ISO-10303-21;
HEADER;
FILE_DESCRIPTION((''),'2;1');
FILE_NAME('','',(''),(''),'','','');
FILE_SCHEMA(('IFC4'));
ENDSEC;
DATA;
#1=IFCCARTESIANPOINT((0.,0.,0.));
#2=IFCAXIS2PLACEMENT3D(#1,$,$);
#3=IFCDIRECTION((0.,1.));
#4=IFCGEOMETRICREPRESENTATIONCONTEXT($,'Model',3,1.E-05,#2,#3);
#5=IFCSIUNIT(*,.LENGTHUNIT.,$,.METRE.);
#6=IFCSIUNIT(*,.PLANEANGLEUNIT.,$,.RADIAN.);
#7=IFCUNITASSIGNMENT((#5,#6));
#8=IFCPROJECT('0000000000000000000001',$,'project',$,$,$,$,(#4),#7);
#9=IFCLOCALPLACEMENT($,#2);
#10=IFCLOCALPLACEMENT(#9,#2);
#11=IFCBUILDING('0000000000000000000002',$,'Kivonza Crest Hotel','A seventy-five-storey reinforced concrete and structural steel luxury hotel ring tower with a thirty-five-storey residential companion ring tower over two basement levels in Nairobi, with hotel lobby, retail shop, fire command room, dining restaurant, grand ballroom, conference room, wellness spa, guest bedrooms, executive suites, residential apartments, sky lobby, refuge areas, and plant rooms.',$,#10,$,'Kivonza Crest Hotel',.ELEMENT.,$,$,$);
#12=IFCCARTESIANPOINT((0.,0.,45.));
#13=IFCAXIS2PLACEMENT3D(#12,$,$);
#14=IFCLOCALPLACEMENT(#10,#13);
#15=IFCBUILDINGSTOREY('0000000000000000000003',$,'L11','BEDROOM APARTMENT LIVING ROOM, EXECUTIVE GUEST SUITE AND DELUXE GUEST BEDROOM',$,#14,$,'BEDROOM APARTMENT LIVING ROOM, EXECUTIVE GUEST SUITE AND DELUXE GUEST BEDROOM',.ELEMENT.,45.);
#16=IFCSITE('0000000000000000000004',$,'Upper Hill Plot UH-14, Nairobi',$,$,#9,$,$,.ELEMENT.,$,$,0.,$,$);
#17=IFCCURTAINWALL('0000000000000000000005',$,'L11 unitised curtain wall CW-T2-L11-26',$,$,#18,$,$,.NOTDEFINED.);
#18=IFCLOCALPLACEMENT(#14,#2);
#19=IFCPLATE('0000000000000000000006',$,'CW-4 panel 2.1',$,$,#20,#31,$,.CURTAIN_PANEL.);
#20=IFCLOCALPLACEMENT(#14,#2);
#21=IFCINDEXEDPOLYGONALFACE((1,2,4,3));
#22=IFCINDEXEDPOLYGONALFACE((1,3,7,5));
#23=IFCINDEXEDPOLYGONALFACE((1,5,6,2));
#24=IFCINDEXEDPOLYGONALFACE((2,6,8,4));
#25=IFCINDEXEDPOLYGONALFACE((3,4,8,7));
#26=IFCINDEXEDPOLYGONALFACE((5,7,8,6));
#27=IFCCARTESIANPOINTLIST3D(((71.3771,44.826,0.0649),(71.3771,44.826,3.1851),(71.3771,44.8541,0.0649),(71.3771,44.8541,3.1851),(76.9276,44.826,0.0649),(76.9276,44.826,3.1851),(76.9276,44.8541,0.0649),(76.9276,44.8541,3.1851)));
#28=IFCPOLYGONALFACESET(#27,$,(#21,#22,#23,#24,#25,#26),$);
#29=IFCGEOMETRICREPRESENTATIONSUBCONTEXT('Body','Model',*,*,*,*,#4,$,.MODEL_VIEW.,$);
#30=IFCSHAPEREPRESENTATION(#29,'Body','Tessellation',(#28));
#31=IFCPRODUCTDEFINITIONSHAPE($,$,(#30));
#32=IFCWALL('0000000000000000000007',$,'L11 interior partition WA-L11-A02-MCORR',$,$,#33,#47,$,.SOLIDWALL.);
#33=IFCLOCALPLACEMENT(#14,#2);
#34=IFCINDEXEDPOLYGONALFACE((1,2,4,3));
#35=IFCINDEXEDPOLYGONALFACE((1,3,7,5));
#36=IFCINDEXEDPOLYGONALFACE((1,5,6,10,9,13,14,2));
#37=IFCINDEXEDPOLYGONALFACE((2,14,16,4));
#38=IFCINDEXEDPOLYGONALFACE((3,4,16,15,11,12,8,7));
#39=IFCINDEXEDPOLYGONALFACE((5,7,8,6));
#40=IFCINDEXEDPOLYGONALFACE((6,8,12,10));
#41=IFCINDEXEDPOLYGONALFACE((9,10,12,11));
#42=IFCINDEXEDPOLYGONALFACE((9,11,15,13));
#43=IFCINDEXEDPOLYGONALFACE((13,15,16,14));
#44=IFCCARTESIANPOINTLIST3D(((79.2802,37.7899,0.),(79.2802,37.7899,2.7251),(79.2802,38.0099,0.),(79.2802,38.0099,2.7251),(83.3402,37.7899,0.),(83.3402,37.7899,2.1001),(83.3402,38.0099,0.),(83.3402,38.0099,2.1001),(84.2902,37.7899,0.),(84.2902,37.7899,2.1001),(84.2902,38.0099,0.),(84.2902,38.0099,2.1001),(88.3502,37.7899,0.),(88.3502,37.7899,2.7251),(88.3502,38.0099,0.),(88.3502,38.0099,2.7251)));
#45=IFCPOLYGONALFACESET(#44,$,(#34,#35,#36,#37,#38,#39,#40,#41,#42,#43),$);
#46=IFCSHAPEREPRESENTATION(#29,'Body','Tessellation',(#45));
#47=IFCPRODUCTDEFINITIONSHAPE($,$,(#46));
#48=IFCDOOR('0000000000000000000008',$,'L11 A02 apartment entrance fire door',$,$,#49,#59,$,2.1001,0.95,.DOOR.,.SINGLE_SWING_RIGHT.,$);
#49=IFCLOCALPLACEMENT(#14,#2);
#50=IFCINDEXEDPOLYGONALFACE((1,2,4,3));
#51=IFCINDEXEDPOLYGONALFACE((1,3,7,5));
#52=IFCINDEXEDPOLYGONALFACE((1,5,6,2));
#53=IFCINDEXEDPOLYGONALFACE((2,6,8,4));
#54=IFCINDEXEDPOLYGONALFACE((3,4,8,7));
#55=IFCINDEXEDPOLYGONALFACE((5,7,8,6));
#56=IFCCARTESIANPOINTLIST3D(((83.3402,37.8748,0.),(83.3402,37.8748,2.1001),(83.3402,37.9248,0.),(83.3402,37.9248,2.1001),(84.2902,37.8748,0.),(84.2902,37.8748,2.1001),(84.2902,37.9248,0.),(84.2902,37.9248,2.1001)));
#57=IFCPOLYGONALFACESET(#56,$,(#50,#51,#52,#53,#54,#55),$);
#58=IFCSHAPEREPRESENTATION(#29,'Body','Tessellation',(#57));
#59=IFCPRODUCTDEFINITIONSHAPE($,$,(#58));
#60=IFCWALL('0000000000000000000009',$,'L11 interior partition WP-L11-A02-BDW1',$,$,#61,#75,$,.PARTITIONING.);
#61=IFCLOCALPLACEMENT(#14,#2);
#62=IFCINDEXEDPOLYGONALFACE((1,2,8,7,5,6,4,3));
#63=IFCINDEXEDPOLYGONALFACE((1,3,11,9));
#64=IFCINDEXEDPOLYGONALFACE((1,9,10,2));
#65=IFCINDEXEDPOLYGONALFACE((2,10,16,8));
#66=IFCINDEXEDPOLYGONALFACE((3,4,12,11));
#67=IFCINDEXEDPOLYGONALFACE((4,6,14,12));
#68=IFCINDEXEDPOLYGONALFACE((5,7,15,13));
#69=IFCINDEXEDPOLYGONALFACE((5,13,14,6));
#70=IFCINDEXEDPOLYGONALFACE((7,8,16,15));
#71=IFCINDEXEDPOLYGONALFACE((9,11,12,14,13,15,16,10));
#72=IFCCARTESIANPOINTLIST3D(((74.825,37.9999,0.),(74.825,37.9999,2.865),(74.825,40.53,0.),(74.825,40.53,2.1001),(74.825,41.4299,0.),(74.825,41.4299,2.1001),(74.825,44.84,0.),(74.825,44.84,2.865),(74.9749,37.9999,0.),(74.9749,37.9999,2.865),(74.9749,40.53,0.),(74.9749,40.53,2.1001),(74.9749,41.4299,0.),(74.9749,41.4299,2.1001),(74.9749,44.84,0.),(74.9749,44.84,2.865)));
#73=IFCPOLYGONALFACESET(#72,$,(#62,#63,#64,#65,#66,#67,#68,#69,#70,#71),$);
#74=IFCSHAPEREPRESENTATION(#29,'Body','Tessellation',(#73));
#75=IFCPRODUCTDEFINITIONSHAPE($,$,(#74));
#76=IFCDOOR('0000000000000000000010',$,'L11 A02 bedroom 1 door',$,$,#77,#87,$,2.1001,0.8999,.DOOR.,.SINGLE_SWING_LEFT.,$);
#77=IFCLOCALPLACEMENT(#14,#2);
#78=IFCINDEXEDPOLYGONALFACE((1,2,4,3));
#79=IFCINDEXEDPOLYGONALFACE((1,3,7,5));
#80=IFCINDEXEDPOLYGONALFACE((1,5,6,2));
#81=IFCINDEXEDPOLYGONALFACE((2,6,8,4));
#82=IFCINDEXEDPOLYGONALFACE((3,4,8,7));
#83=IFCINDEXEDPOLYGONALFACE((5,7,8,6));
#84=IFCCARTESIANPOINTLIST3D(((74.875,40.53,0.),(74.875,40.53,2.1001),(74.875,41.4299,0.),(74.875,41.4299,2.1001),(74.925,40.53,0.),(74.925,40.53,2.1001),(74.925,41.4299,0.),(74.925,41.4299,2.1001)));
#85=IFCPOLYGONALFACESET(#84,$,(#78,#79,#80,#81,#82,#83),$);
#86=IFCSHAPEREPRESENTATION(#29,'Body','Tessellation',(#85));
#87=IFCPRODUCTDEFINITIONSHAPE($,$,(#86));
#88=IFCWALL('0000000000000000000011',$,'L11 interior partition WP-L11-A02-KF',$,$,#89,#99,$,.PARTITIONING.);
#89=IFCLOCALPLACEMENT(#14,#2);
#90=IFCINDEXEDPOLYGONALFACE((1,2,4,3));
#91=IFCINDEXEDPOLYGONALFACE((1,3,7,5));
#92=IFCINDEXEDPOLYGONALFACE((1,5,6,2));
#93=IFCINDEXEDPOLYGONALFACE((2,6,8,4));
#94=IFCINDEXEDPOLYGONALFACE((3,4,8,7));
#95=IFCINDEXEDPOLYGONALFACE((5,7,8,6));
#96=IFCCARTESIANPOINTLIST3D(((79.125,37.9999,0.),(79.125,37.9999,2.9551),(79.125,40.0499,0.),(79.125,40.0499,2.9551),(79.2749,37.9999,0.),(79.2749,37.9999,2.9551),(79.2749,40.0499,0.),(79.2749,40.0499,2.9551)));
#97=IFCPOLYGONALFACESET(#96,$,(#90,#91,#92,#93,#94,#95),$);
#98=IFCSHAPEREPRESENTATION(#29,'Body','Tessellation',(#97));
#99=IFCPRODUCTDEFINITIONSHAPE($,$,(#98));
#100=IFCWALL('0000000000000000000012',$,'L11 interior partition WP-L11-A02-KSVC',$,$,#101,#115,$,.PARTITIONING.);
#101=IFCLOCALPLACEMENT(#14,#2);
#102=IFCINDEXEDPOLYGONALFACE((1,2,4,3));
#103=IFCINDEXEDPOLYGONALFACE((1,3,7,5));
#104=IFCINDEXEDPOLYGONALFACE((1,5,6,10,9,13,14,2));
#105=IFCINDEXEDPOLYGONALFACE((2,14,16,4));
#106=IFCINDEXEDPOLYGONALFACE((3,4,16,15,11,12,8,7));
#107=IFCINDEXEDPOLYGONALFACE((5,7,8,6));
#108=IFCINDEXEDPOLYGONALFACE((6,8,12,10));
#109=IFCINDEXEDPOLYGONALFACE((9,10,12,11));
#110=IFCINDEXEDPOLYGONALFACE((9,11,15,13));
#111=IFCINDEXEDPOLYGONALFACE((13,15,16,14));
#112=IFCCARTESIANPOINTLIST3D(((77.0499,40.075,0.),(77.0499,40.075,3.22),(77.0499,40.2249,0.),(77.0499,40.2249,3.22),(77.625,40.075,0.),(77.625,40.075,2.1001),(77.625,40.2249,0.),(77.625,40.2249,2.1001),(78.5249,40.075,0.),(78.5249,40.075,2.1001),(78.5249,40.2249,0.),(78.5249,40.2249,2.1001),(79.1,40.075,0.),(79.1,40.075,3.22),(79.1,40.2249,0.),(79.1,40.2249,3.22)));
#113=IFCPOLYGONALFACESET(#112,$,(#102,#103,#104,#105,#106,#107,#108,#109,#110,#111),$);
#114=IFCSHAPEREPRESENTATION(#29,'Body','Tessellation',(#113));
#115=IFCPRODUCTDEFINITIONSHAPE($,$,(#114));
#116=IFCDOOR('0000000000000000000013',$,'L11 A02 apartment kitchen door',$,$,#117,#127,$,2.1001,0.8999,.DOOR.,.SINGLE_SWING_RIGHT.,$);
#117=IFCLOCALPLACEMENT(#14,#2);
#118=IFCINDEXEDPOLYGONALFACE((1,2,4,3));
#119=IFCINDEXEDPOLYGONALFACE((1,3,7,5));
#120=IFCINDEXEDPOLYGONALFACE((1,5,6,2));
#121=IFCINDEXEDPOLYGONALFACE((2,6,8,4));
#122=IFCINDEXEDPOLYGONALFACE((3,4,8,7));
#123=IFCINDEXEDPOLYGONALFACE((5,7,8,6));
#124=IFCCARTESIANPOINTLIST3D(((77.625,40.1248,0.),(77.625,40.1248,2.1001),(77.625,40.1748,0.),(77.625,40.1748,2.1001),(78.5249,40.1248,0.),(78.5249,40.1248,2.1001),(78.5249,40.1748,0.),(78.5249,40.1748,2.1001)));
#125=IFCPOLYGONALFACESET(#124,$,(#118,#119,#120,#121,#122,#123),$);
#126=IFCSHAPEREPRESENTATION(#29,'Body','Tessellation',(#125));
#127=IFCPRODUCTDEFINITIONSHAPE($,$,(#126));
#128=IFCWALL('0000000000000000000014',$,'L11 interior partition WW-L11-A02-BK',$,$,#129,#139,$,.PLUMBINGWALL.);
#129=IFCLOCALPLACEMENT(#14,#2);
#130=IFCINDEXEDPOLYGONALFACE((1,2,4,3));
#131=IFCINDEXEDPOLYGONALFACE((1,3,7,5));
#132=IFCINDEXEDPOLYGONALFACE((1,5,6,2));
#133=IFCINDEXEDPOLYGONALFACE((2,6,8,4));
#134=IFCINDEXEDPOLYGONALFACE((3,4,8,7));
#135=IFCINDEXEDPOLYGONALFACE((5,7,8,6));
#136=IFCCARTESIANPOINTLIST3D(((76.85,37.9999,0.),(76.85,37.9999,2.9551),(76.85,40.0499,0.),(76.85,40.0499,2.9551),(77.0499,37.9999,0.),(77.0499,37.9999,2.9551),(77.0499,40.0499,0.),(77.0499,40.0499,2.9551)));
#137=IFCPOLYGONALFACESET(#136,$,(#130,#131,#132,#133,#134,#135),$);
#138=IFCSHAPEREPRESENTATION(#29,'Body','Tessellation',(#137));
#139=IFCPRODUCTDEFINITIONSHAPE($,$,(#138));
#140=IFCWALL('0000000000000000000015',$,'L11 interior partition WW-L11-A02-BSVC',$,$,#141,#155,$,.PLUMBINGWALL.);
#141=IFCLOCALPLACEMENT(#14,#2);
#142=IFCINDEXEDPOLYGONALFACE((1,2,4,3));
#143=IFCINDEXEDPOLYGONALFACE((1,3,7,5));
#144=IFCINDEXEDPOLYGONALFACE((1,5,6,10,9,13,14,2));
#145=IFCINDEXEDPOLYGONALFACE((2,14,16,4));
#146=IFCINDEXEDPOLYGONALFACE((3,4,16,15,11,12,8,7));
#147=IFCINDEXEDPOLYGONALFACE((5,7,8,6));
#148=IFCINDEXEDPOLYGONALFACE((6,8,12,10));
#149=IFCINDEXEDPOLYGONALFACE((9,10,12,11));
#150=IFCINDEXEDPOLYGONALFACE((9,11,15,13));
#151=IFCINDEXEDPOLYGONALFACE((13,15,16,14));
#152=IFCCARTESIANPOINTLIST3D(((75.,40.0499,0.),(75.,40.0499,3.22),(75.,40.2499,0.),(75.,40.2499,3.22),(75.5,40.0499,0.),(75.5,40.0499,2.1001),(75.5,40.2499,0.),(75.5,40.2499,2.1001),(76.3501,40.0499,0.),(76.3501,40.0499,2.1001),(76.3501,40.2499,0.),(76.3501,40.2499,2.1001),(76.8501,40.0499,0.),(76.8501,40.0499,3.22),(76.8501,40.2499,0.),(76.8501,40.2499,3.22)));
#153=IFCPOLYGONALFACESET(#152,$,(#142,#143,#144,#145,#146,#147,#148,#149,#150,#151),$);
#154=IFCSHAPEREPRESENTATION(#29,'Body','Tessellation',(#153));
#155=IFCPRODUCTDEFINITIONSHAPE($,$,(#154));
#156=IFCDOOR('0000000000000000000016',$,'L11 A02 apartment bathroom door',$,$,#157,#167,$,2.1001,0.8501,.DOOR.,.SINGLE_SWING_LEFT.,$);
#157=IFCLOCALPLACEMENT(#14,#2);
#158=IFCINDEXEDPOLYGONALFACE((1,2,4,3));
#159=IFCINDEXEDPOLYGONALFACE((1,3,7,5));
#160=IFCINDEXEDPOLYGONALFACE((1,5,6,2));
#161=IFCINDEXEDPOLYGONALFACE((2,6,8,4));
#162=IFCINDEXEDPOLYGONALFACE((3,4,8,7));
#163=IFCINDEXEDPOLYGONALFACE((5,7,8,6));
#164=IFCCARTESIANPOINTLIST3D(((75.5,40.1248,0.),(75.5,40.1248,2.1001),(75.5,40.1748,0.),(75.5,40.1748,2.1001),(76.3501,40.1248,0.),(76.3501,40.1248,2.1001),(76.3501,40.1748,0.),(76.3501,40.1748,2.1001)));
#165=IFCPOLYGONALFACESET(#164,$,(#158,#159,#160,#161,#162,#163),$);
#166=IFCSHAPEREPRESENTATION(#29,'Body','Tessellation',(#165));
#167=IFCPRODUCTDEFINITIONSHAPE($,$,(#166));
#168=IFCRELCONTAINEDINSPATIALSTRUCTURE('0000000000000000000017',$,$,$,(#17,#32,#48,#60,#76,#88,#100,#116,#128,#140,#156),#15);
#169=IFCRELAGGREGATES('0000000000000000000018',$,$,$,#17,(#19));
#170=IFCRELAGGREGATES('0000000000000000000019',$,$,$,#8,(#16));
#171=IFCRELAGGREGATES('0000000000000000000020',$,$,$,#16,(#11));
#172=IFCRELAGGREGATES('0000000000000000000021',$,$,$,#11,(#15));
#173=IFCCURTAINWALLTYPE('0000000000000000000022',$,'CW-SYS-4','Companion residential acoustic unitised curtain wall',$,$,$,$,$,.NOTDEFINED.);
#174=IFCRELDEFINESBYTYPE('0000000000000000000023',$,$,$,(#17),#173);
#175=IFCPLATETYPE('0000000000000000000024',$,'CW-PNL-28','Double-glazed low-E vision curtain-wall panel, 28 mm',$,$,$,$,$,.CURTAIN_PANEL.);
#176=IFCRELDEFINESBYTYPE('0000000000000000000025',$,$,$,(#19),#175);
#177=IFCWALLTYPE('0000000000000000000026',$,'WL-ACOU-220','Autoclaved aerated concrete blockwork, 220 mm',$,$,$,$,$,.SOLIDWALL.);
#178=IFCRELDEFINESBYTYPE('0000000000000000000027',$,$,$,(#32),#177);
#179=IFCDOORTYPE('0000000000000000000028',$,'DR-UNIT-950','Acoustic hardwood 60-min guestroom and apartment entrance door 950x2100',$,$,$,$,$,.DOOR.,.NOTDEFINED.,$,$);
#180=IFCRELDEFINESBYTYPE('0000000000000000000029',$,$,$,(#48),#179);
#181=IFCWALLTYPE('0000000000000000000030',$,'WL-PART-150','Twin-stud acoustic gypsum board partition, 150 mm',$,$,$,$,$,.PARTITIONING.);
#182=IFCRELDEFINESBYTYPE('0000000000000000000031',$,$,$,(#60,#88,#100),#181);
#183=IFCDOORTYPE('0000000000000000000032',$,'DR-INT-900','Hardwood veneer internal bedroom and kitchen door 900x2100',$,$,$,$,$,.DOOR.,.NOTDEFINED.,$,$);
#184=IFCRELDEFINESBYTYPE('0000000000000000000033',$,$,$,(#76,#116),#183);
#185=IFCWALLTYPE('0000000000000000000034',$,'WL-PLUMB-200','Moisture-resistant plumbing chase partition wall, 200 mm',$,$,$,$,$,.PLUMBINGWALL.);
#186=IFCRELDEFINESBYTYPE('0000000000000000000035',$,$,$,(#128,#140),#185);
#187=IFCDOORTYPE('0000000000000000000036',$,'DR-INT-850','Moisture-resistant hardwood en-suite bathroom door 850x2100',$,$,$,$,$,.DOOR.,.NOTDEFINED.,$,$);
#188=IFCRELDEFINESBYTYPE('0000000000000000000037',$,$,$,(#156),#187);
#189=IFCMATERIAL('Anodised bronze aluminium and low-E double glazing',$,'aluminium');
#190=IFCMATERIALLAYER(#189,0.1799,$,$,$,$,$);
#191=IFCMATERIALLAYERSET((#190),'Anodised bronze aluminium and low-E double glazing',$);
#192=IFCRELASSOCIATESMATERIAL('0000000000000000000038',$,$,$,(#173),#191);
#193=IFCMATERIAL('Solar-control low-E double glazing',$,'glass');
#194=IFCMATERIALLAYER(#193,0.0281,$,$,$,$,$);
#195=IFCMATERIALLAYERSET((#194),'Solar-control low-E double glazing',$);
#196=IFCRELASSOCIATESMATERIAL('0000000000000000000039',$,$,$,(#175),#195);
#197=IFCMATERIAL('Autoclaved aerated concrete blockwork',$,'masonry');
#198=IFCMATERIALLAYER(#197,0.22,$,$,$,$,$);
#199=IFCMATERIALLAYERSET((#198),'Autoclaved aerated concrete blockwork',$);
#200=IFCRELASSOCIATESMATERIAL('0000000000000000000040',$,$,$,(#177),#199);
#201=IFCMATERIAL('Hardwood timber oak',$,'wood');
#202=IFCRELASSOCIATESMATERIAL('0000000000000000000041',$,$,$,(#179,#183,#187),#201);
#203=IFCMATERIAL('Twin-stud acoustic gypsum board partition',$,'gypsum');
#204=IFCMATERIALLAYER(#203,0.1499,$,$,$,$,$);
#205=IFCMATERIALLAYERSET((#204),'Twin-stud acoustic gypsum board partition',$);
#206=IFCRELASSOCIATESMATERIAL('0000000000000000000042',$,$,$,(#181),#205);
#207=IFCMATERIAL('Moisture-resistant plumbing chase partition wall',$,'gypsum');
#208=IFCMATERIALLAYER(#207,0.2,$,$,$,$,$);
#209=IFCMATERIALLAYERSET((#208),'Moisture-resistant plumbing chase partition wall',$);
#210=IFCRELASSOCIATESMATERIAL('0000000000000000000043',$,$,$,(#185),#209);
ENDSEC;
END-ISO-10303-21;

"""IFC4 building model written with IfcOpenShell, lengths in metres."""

from ifc_helpers import new_model, si_unit, direction, frame, frame_2d, origin, origin_2d, place, context, subcontext, project, spatial, rectangle, extrude, material, layer, layer_set, type_object, element, fill, aggregate, save


model = new_model("IFC4")

# Units and contexts
model_context = context("Model", 3, precision=1e-05, world=origin(), true_north=direction((0.0, 1.0)))
body_context = subcontext(model_context, "Body", "Model", "MODEL_VIEW")
ifc_project = project(units=[si_unit("LENGTHUNIT", "METRE"), si_unit("PLANEANGLEUNIT", "RADIAN")], contexts=[model_context])

# Site, building, storey
site_placement = place(None, origin())
site = spatial("IfcSite", under=ifc_project, at=site_placement, Name="Upper Hill Plot UH-14, Nairobi", CompositionType="ELEMENT", RefElevation=0.0)
building_placement = place(site_placement, origin())
building = spatial("IfcBuilding", under=site, at=building_placement, Name="Kivonza Crest Hotel", Description="A seventy-five-storey reinforced concrete and structural steel luxury hotel ring tower with a thirty-five-storey residential companion ring tower over two basement levels in Nairobi, with hotel lobby, retail shop, fire command room, dining restaurant, grand ballroom, conference room, wellness spa, guest bedrooms, executive suites, residential apartments, sky lobby, refuge areas, and plant rooms.", LongName="Kivonza Crest Hotel", CompositionType="ELEMENT")
storey_placement = place(building_placement, frame((0.0, 0.0, 45.0)))
storey = spatial("IfcBuildingStorey", under=building, at=storey_placement, Name="L11", Description="BEDROOM APARTMENT LIVING ROOM, EXECUTIVE GUEST SUITE AND DELUXE GUEST BEDROOM", LongName="BEDROOM APARTMENT LIVING ROOM, EXECUTIVE GUEST SUITE AND DELUXE GUEST BEDROOM", CompositionType="ELEMENT", Elevation=45.0)

# Curtain wall, plate
ifc_material_1 = material(Name="Anodised bronze aluminium and low-E double glazing", Category="aluminium")
ifc_layer_1 = layer(ifc_material_1, 0.1799)
ifc_layer_set_1 = layer_set([ifc_layer_1], Name="Anodised bronze aluminium and low-E double glazing")
curtain_wall_type = type_object("IfcCurtainWallType", Name="CW-SYS-4", Description="Companion residential acoustic unitised curtain wall", PredefinedType="NOTDEFINED", material=ifc_layer_set_1)
curtain_wall_placement = place(storey_placement, origin())
curtain_wall = element("IfcCurtainWall", 1, at=curtain_wall_placement, inside=storey, type_object=curtain_wall_type, Name="L11 unitised curtain wall CW-T2-L11-26", PredefinedType="NOTDEFINED")
ifc_material_2 = material(Name="Solar-control low-E double glazing", Category="glass")
ifc_layer_2 = layer(ifc_material_2, 0.0281)
ifc_layer_set_2 = layer_set([ifc_layer_2], Name="Solar-control low-E double glazing")
plate_type = type_object("IfcPlateType", Name="CW-PNL-28", Description="Double-glazed low-E vision curtain-wall panel, 28 mm", PredefinedType="CURTAIN_PANEL", material=ifc_layer_set_2)
plate_1_placement = place(storey_placement, frame((74.1523, 44.8401, 0.0649), z_axis=(0.0, 0.0, 1.0), x_axis=(-1.0, 0.0, 0.0)))
plate_1 = element("IfcPlate", 2, at=plate_1_placement, type_object=plate_type, Name="CW-4 panel 2.1", PredefinedType="CURTAIN_PANEL", context=body_context, shape_type="SweptSolid", body=[
    extrude(rectangle(XDim=5.5505, YDim=0.0281, at=origin_2d()), origin(), (0.0, 0.0, 1.0), 3.1201),
])
aggregate(curtain_wall, [plate_1])

# Walls, openings, doors
ifc_material_3 = material(Name="Autoclaved aerated concrete blockwork", Category="masonry")
ifc_layer_3 = layer(ifc_material_3, 0.22)
ifc_layer_set_3 = layer_set([ifc_layer_3], Name="Autoclaved aerated concrete blockwork")
wall_type_1 = type_object("IfcWallType", Name="WL-ACOU-220", Description="Autoclaved aerated concrete blockwork, 220 mm", PredefinedType="SOLIDWALL", material=ifc_layer_set_3)
wall_1_placement = place(storey_placement, frame((79.28, 37.8999, 0.0), z_axis=(0.0, 0.0, 1.0), x_axis=(1.0, 0.0, 0.0)))
wall_1 = element("IfcWall", 3, at=wall_1_placement, inside=storey, type_object=wall_type_1, Name="L11 interior partition WA-L11-A02-MCORR", PredefinedType="SOLIDWALL", context=body_context, shape_type="SweptSolid", body=[
    extrude(rectangle(XDim=9.0701, YDim=0.22, at=frame_2d((4.5352, 0.0))), origin(), (0.0, 0.0, 1.0), 2.7251),
])
opening_1_placement = place(wall_1_placement, frame((4.0601, 0.0, 0.0)))
opening_1 = element("IfcOpeningElement", 4, at=opening_1_placement, cuts=wall_1, PredefinedType="OPENING", context=body_context, shape_type="SweptSolid", body=[
    extrude(rectangle(XDim=0.95, YDim=2.1001, at=frame_2d((0.4751, 1.05))), frame((0.0, 0.1201, 0.0), z_axis=(0.0, -1.0, 0.0), x_axis=(1.0, 0.0, 0.0)), (0.0, 0.0, 1.0), 0.24),
])
ifc_material_4 = material(Name="Hardwood timber oak", Category="wood")
door_type_1 = type_object("IfcDoorType", Name="DR-UNIT-950", Description="Acoustic hardwood 60-min guestroom and apartment entrance door 950x2100", OperationType="NOTDEFINED", PredefinedType="DOOR", material=ifc_material_4)
door_1_placement = place(opening_1_placement, origin())
door_1 = element("IfcDoor", 5, at=door_1_placement, inside=storey, type_object=door_type_1, Name="L11 A02 apartment entrance fire door", OperationType="SINGLE_SWING_RIGHT", OverallHeight=2.1001, OverallWidth=0.95, PredefinedType="DOOR", context=body_context, shape_type="SweptSolid", body=[
    extrude(rectangle(XDim=0.95, YDim=2.1001, at=frame_2d((0.4751, 1.05))), frame((0.0, 0.0249, 0.0), z_axis=(0.0, -1.0, 0.0), x_axis=(1.0, 0.0, 0.0)), (0.0, 0.0, 1.0), 0.05),
])
fill(opening_1, door_1)
ifc_material_5 = material(Name="Twin-stud acoustic gypsum board partition", Category="gypsum")
ifc_layer_4 = layer(ifc_material_5, 0.1499)
ifc_layer_set_4 = layer_set([ifc_layer_4], Name="Twin-stud acoustic gypsum board partition")
wall_type_2 = type_object("IfcWallType", Name="WL-PART-150", Description="Twin-stud acoustic gypsum board partition, 150 mm", PredefinedType="PARTITIONING", material=ifc_layer_set_4)
wall_2_placement = place(storey_placement, frame((74.8999, 38.0, 0.0), z_axis=(0.0, 0.0, 1.0), x_axis=(0.0, 1.0, 0.0)))
wall_2 = element("IfcWall", 6, at=wall_2_placement, inside=storey, type_object=wall_type_2, Name="L11 interior partition WP-L11-A02-BDW1", PredefinedType="PARTITIONING", context=body_context, shape_type="SweptSolid", body=[
    extrude(rectangle(XDim=6.8401, YDim=0.1499, at=frame_2d((3.4199, 0.0))), origin(), (0.0, 0.0, 1.0), 2.865),
])
opening_2_placement = place(wall_2_placement, frame((2.53, 0.0, 0.0)))
opening_2 = element("IfcOpeningElement", 7, at=opening_2_placement, cuts=wall_2, PredefinedType="OPENING", context=body_context, shape_type="SweptSolid", body=[
    extrude(rectangle(XDim=0.8999, YDim=2.1001, at=frame_2d((0.45, 1.05))), frame((0.0, 0.085, 0.0), z_axis=(0.0, -1.0, 0.0), x_axis=(1.0, 0.0, 0.0)), (0.0, 0.0, 1.0), 0.1699),
])
door_type_2 = type_object("IfcDoorType", Name="DR-INT-900", Description="Hardwood veneer internal bedroom and kitchen door 900x2100", OperationType="NOTDEFINED", PredefinedType="DOOR", material=ifc_material_4)
door_2_placement = place(opening_2_placement, origin())
door_2 = element("IfcDoor", 8, at=door_2_placement, inside=storey, type_object=door_type_2, Name="L11 A02 bedroom 1 door", OperationType="SINGLE_SWING_LEFT", OverallHeight=2.1001, OverallWidth=0.8999, PredefinedType="DOOR", context=body_context, shape_type="SweptSolid", body=[
    extrude(rectangle(XDim=0.8999, YDim=2.1001, at=frame_2d((0.45, 1.05))), frame((0.0, 0.0249, 0.0), z_axis=(0.0, -1.0, 0.0), x_axis=(1.0, 0.0, 0.0)), (0.0, 0.0, 1.0), 0.05),
])
fill(opening_2, door_2)

# Wall
wall_3_placement = place(storey_placement, frame((79.2, 38.0, 0.0), z_axis=(0.0, 0.0, 1.0), x_axis=(0.0, 1.0, 0.0)))
element("IfcWall", 9, at=wall_3_placement, inside=storey, type_object=wall_type_2, Name="L11 interior partition WP-L11-A02-KF", PredefinedType="PARTITIONING", context=body_context, shape_type="SweptSolid", body=[
    extrude(rectangle(XDim=2.05, YDim=0.1499, at=frame_2d((1.0249, 0.0))), origin(), (0.0, 0.0, 1.0), 2.9551),
])

# Wall, opening, door
wall_4_placement = place(storey_placement, frame((77.05, 40.1499, 0.0), z_axis=(0.0, 0.0, 1.0), x_axis=(1.0, 0.0, 0.0)))
wall_4 = element("IfcWall", 10, at=wall_4_placement, inside=storey, type_object=wall_type_2, Name="L11 interior partition WP-L11-A02-KSVC", PredefinedType="PARTITIONING", context=body_context, shape_type="SweptSolid", body=[
    extrude(rectangle(XDim=2.05, YDim=0.1499, at=frame_2d((1.0249, 0.0))), origin(), (0.0, 0.0, 1.0), 3.22),
])
opening_3_placement = place(wall_4_placement, frame((0.575, 0.0, 0.0)))
opening_3 = element("IfcOpeningElement", 11, at=opening_3_placement, cuts=wall_4, PredefinedType="OPENING", context=body_context, shape_type="SweptSolid", body=[
    extrude(rectangle(XDim=0.8999, YDim=2.1001, at=frame_2d((0.45, 1.05))), frame((0.0, 0.085, 0.0), z_axis=(0.0, -1.0, 0.0), x_axis=(1.0, 0.0, 0.0)), (0.0, 0.0, 1.0), 0.1699),
])
door_3_placement = place(opening_3_placement, origin())
door_3 = element("IfcDoor", 12, at=door_3_placement, inside=storey, type_object=door_type_2, Name="L11 A02 apartment kitchen door", OperationType="SINGLE_SWING_RIGHT", OverallHeight=2.1001, OverallWidth=0.8999, PredefinedType="DOOR", context=body_context, shape_type="SweptSolid", body=[
    extrude(rectangle(XDim=0.8999, YDim=2.1001, at=frame_2d((0.45, 1.05))), frame((0.0, 0.0249, 0.0), z_axis=(0.0, -1.0, 0.0), x_axis=(1.0, 0.0, 0.0)), (0.0, 0.0, 1.0), 0.05),
])
fill(opening_3, door_3)

# Wall
ifc_material_6 = material(Name="Moisture-resistant plumbing chase partition wall", Category="gypsum")
ifc_layer_5 = layer(ifc_material_6, 0.2)
ifc_layer_set_5 = layer_set([ifc_layer_5], Name="Moisture-resistant plumbing chase partition wall")
wall_type_3 = type_object("IfcWallType", Name="WL-PLUMB-200", Description="Moisture-resistant plumbing chase partition wall, 200 mm", PredefinedType="PLUMBINGWALL", material=ifc_layer_set_5)
wall_5_placement = place(storey_placement, frame((76.95, 38.0, 0.0), z_axis=(0.0, 0.0, 1.0), x_axis=(0.0, 1.0, 0.0)))
element("IfcWall", 13, at=wall_5_placement, inside=storey, type_object=wall_type_3, Name="L11 interior partition WW-L11-A02-BK", PredefinedType="PLUMBINGWALL", context=body_context, shape_type="SweptSolid", body=[
    extrude(rectangle(XDim=2.05, YDim=0.2, at=frame_2d((1.0249, 0.0))), origin(), (0.0, 0.0, 1.0), 2.9551),
])

# Wall, opening, door
wall_6_placement = place(storey_placement, frame((75.0, 40.1499, 0.0), z_axis=(0.0, 0.0, 1.0), x_axis=(1.0, 0.0, 0.0)))
wall_6 = element("IfcWall", 14, at=wall_6_placement, inside=storey, type_object=wall_type_3, Name="L11 interior partition WW-L11-A02-BSVC", PredefinedType="PLUMBINGWALL", context=body_context, shape_type="SweptSolid", body=[
    extrude(rectangle(XDim=1.8501, YDim=0.2, at=frame_2d((0.925, 0.0))), origin(), (0.0, 0.0, 1.0), 3.22),
])
opening_4_placement = place(wall_6_placement, frame((0.5, 0.0, 0.0)))
opening_4 = element("IfcOpeningElement", 15, at=opening_4_placement, cuts=wall_6, PredefinedType="OPENING", context=body_context, shape_type="SweptSolid", body=[
    extrude(rectangle(XDim=0.8501, YDim=2.1001, at=frame_2d((0.425, 1.05))), frame((0.0, 0.1099, 0.0), z_axis=(0.0, -1.0, 0.0), x_axis=(1.0, 0.0, 0.0)), (0.0, 0.0, 1.0), 0.22),
])
door_type_3 = type_object("IfcDoorType", Name="DR-INT-850", Description="Moisture-resistant hardwood en-suite bathroom door 850x2100", OperationType="NOTDEFINED", PredefinedType="DOOR", material=ifc_material_4)
door_4_placement = place(opening_4_placement, origin())
door_4 = element("IfcDoor", 16, at=door_4_placement, inside=storey, type_object=door_type_3, Name="L11 A02 apartment bathroom door", OperationType="SINGLE_SWING_LEFT", OverallHeight=2.1001, OverallWidth=0.8501, PredefinedType="DOOR", context=body_context, shape_type="SweptSolid", body=[
    extrude(rectangle(XDim=0.8501, YDim=2.1001, at=frame_2d((0.425, 1.05))), frame((0.0, 0.0249, 0.0), z_axis=(0.0, -1.0, 0.0), x_axis=(1.0, 0.0, 0.0)), (0.0, 0.0, 1.0), 0.05),
])
fill(opening_4, door_4)

save(model, "model.ifc")
